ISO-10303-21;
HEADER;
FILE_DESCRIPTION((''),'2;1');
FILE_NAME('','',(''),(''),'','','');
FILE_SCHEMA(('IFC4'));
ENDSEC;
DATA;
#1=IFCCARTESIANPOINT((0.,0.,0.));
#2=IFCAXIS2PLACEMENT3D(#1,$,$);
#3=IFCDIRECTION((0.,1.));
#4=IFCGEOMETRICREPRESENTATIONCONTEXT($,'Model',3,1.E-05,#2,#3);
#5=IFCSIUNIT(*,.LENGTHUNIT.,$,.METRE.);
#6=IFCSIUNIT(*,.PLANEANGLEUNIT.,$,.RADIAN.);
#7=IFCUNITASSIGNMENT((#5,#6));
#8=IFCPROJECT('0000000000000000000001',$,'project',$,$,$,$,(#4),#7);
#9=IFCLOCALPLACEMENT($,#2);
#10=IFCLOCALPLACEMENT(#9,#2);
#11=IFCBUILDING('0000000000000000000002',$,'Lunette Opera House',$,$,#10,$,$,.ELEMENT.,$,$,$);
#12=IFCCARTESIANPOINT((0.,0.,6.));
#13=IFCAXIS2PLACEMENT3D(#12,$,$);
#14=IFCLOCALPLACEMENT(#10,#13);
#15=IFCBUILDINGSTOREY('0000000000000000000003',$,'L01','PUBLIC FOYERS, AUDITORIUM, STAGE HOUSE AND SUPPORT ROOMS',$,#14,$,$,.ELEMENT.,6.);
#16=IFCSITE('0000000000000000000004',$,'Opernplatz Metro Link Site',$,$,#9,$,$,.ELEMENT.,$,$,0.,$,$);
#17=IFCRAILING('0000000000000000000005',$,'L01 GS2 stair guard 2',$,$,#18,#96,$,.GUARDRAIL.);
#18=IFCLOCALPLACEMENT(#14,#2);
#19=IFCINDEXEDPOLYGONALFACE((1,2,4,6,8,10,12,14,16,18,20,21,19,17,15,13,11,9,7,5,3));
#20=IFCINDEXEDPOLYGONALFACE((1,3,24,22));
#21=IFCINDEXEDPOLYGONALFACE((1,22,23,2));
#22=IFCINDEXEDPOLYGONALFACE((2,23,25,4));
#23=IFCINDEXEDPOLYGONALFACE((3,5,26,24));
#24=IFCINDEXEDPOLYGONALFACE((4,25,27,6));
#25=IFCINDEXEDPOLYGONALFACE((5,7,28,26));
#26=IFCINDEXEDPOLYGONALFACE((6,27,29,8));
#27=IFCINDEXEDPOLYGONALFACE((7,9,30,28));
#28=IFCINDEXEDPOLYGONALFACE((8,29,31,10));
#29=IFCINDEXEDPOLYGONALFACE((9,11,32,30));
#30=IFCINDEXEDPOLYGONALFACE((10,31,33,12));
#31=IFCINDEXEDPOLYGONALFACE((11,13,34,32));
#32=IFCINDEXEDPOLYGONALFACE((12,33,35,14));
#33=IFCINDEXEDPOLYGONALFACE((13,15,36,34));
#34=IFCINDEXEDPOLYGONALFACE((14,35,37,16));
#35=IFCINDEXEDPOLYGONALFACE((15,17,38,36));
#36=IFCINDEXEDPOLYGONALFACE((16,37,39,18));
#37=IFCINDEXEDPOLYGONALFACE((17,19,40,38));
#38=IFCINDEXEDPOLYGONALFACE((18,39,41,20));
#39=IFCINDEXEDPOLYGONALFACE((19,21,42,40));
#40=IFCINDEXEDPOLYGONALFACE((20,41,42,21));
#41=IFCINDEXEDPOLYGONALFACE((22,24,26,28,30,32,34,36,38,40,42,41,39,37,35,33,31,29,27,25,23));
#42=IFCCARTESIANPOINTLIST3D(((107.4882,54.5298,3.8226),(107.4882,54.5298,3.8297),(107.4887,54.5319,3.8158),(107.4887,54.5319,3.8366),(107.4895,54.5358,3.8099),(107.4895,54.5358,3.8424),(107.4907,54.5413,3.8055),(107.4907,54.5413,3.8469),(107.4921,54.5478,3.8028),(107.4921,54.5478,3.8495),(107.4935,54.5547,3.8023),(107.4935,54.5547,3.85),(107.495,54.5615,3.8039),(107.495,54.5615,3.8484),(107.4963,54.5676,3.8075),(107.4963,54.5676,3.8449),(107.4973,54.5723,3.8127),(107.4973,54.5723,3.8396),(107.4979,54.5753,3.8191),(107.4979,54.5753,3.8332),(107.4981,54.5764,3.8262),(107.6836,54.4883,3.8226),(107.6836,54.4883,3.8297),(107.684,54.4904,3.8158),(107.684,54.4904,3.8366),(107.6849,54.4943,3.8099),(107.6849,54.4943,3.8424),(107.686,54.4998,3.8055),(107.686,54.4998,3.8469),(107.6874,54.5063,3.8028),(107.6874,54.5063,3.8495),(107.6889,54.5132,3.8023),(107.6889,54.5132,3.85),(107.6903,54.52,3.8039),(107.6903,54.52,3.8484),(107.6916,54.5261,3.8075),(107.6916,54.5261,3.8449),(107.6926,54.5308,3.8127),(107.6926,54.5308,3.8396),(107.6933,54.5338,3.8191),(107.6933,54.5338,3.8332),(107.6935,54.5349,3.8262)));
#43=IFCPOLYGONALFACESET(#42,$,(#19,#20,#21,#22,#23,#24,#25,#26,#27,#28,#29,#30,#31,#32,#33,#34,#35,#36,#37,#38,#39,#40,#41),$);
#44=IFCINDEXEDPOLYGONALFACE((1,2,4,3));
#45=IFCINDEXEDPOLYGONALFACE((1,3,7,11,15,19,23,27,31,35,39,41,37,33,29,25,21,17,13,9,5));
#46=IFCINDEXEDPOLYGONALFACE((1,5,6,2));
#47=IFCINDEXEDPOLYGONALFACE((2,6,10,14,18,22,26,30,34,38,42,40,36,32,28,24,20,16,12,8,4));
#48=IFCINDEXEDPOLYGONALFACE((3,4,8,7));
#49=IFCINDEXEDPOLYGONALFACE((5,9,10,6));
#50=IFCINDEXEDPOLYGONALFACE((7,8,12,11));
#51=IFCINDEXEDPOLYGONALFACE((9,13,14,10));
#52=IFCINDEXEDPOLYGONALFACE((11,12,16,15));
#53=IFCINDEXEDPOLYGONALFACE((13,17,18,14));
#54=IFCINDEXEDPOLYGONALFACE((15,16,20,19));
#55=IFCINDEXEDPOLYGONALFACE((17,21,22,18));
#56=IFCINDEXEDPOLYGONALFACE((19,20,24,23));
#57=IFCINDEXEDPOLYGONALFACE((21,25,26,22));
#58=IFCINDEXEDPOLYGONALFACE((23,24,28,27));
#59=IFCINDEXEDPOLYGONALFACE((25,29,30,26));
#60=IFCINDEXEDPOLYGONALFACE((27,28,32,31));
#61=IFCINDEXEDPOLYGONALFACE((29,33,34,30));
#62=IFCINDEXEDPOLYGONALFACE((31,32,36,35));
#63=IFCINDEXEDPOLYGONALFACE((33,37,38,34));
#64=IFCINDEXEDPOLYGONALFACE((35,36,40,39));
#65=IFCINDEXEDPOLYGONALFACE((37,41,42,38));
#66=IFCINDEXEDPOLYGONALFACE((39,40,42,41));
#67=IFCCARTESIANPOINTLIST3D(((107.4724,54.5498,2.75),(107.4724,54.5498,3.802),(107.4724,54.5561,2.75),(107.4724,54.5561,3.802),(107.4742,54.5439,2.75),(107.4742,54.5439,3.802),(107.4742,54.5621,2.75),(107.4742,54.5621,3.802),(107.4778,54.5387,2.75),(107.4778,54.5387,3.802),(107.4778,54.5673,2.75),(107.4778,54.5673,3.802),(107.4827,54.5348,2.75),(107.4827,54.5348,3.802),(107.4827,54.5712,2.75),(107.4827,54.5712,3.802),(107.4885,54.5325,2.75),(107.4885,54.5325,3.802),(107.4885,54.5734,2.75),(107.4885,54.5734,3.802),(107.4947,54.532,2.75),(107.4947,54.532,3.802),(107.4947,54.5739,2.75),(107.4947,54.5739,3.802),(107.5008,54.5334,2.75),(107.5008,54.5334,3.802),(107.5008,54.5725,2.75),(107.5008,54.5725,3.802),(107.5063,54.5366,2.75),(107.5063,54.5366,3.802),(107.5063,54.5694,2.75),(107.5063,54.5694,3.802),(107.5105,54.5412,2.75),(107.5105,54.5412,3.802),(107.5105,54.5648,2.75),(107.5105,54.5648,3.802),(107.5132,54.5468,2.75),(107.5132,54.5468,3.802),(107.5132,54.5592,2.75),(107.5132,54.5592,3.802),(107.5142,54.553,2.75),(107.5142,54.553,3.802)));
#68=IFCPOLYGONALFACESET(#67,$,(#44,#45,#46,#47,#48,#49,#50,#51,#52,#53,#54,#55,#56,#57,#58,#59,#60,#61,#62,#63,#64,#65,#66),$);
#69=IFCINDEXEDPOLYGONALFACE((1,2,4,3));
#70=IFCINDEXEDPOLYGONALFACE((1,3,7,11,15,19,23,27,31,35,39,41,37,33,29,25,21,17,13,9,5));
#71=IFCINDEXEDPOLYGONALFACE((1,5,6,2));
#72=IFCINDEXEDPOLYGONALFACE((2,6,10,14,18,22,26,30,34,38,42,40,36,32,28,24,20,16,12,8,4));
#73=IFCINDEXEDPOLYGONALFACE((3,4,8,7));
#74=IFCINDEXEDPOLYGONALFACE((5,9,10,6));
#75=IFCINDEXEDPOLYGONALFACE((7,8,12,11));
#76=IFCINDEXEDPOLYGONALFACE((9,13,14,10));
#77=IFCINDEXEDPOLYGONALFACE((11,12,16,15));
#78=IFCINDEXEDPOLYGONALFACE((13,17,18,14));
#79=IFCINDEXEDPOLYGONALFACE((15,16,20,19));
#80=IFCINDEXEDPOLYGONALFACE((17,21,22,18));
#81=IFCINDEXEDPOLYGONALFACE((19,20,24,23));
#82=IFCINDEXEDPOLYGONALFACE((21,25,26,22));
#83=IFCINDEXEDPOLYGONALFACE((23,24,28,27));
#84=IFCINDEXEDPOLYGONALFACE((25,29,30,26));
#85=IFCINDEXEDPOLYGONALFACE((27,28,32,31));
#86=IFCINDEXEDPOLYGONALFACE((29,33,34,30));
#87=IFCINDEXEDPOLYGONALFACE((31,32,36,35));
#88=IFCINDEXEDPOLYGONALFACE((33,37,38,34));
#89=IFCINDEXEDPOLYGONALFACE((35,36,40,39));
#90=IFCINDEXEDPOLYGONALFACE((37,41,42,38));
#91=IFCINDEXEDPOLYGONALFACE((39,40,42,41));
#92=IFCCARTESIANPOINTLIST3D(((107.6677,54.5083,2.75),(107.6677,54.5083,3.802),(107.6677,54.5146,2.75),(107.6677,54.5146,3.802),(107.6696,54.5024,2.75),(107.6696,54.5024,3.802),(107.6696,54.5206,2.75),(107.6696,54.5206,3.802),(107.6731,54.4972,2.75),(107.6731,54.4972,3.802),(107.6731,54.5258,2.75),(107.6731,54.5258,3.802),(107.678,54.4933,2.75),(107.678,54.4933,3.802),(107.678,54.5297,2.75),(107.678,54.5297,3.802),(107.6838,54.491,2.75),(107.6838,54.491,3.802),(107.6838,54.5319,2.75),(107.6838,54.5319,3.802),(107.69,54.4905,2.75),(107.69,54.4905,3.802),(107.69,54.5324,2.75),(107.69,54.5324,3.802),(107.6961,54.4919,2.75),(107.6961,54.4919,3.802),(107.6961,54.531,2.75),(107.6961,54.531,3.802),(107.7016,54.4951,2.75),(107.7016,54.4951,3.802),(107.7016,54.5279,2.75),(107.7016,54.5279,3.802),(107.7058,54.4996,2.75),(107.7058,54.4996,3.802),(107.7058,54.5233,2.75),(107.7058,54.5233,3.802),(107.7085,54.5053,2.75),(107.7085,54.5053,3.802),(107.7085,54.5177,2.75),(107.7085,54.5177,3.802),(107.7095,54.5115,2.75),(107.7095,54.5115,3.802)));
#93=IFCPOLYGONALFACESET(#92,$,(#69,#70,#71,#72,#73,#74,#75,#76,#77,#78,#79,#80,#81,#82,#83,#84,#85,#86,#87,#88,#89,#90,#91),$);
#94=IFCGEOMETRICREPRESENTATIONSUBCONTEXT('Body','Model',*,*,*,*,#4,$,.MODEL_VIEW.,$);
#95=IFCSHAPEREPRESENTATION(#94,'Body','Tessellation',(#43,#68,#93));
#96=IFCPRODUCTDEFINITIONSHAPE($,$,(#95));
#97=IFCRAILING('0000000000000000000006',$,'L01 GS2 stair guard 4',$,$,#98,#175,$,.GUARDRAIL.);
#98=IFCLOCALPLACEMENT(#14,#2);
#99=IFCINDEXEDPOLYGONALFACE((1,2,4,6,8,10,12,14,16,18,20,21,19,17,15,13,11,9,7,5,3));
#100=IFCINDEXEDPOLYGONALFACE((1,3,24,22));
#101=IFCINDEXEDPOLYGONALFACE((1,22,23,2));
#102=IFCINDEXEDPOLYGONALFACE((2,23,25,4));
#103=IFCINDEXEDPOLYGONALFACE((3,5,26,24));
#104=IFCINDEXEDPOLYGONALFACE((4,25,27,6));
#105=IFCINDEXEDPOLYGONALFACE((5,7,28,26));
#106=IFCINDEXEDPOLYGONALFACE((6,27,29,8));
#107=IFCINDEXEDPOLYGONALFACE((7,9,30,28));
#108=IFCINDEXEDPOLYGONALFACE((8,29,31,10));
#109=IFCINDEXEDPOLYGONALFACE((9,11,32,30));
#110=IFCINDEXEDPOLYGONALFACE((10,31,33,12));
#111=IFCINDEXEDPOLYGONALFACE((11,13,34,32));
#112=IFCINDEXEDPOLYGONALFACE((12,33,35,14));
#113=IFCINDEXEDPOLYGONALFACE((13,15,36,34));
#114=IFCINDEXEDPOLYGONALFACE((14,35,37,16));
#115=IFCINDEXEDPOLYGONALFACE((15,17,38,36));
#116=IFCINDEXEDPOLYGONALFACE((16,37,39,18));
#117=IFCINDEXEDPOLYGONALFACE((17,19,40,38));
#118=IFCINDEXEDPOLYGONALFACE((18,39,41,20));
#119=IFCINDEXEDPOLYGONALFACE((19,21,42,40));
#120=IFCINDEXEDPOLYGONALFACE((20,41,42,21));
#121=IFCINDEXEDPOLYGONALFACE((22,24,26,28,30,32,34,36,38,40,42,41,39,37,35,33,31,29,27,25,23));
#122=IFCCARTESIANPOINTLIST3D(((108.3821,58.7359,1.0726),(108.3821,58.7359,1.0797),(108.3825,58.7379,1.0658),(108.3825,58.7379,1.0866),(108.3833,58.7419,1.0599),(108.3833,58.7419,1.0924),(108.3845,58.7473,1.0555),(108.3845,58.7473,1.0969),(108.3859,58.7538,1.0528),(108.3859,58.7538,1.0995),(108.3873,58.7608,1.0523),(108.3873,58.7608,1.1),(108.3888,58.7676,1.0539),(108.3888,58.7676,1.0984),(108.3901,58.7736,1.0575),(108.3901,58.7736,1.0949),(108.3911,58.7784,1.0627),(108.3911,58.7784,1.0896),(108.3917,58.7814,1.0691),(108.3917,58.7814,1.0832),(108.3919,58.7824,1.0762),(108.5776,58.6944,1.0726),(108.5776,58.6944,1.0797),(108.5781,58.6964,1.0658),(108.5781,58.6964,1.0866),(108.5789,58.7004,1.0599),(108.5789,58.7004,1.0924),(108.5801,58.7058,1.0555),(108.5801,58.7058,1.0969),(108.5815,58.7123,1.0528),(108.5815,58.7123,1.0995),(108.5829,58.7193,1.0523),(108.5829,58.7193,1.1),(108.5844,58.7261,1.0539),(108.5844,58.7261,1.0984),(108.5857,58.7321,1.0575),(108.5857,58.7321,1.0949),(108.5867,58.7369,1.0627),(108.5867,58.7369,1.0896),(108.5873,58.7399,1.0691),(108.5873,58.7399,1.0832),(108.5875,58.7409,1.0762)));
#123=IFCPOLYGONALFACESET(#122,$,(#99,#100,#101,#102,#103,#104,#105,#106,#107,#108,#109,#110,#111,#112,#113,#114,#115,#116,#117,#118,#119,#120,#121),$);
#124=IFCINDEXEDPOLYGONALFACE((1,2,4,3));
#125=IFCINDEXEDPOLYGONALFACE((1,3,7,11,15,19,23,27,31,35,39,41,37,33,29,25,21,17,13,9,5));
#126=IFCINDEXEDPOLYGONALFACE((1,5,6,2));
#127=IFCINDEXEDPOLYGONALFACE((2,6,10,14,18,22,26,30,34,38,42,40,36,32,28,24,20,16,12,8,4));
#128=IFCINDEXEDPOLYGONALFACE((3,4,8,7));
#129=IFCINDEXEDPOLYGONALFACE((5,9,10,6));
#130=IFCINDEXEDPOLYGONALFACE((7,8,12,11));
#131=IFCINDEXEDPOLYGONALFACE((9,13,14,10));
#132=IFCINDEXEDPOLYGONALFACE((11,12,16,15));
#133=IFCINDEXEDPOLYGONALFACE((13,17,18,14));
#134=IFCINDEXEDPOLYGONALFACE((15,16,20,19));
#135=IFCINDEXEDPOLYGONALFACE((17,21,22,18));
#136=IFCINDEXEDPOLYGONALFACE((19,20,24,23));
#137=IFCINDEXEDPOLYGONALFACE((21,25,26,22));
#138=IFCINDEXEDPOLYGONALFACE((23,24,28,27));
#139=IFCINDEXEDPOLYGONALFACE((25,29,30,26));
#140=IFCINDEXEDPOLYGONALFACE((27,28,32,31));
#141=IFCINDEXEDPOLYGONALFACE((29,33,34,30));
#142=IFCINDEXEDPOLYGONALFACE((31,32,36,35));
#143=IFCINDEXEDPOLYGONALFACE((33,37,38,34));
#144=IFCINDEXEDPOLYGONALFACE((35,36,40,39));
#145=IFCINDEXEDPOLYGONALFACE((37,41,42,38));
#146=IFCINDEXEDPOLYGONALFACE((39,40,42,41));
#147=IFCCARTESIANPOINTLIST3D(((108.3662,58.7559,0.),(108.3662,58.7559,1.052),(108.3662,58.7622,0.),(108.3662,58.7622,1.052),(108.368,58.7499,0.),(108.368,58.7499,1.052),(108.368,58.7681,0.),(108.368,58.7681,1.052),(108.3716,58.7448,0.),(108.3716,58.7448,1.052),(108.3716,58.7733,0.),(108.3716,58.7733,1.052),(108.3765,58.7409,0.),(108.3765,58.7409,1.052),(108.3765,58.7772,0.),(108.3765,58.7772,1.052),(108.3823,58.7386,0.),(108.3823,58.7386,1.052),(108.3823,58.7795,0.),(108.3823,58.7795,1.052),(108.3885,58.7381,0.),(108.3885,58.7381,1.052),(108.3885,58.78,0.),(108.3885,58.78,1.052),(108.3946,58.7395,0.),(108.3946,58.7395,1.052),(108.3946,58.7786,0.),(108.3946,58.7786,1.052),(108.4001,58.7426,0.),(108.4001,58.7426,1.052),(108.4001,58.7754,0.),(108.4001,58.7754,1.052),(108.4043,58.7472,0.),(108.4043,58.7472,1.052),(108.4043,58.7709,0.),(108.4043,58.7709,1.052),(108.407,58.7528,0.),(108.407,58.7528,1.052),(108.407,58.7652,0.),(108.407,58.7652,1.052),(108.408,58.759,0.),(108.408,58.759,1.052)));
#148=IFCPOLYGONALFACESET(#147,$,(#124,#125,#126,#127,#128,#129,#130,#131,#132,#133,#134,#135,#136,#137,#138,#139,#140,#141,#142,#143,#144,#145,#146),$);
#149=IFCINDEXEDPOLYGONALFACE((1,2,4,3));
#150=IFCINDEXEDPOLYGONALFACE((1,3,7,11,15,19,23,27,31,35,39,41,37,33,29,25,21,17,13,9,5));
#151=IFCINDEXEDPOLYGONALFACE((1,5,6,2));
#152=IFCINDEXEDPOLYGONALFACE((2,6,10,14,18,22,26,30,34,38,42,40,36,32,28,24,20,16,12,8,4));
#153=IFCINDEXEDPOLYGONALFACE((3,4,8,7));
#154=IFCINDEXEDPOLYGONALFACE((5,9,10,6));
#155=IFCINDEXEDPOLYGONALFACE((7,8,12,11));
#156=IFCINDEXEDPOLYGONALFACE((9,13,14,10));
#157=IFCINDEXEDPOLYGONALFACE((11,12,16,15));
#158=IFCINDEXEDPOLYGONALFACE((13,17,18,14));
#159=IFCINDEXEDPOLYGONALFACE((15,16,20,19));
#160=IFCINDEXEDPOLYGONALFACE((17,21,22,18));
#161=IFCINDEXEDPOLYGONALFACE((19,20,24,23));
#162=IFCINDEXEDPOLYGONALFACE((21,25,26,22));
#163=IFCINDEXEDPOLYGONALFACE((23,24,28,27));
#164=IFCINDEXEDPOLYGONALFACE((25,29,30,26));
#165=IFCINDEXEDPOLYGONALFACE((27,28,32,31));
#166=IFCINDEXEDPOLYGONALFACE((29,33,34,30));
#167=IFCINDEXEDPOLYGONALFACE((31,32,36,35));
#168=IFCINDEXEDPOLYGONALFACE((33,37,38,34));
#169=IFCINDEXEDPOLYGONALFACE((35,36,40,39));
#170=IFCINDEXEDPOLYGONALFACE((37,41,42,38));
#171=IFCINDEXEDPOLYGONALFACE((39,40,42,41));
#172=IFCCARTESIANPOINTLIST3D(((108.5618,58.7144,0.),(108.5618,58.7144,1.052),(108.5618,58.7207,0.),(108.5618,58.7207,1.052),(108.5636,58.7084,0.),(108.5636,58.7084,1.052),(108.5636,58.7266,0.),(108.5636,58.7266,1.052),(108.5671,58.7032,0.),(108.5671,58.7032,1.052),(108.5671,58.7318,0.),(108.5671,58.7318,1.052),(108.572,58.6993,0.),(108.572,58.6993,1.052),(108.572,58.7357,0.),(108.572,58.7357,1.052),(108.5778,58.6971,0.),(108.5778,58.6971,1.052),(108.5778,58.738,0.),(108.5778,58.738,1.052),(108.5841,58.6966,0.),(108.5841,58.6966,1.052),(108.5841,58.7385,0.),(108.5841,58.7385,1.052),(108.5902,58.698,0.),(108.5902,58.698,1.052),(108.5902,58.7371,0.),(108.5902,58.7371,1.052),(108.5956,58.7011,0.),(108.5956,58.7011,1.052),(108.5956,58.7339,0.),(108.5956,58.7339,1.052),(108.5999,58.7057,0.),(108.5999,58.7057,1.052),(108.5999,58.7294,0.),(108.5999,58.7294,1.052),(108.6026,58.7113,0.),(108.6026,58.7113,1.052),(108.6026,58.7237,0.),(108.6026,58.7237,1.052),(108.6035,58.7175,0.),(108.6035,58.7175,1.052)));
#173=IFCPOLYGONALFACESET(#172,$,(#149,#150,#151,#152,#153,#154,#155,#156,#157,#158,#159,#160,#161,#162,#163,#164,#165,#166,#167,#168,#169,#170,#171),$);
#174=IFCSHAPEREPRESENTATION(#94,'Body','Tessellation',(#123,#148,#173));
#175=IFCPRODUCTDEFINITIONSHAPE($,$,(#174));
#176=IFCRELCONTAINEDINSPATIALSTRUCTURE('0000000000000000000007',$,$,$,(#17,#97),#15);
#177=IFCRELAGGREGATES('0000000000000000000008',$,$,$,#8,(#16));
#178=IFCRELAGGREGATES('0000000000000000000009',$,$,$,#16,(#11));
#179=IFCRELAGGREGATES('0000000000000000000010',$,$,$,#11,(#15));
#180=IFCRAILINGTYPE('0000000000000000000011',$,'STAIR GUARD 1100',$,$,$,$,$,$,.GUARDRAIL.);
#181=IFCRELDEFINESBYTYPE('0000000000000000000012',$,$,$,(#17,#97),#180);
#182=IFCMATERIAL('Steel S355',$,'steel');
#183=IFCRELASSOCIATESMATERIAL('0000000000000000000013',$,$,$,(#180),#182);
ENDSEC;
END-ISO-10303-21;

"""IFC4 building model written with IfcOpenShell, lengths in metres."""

from ifc_helpers import new_model, si_unit, direction, frame, origin, origin_2d, place, context, subcontext, project, spatial, circle, extrude, material, type_object, element, save


model = new_model("IFC4")

# Units and contexts
model_context = context("Model", 3, precision=1e-05, world=origin(), true_north=direction((0.0, 1.0)))
body_context = subcontext(model_context, "Body", "Model", "MODEL_VIEW")
ifc_project = project(units=[si_unit("LENGTHUNIT", "METRE"), si_unit("PLANEANGLEUNIT", "RADIAN")], contexts=[model_context])

# Site, building, storey
site_placement = place(None, origin())
site = spatial("IfcSite", under=ifc_project, at=site_placement, Name="Opernplatz Metro Link Site", CompositionType="ELEMENT", RefElevation=0.0)
building_placement = place(site_placement, origin())
building = spatial("IfcBuilding", under=site, at=building_placement, Name="Lunette Opera House", CompositionType="ELEMENT")
storey_placement = place(building_placement, frame((0.0, 0.0, 6.0)))
storey = spatial("IfcBuildingStorey", under=building, at=storey_placement, Name="L01", Description="PUBLIC FOYERS, AUDITORIUM, STAGE HOUSE AND SUPPORT ROOMS", CompositionType="ELEMENT", Elevation=6.0)

# Railings
ifc_material_1 = material(Name="Steel S355", Category="steel")
railing_type_1 = type_object("IfcRailingType", Name="STAIR GUARD 1100", PredefinedType="GUARDRAIL", material=ifc_material_1)
railing_1_placement = place(storey_placement, frame((107.4932, 54.553, 2.75)))
element("IfcRailing", 1, at=railing_1_placement, inside=storey, type_object=railing_type_1, Name="L01 GS2 stair guard 2", PredefinedType="GUARDRAIL", context=body_context, shape_type="SweptSolid", body=[
    extrude(circle(Radius=0.0239, at=origin_2d()), frame((0.0, 0.0, 1.0762), z_axis=(0.978159, -0.207859, 0.0), x_axis=(0.207859, 0.978159, 0.0)), (0.0, 0.0, 1.0), 0.1997),
    extrude(circle(Radius=0.021, at=origin_2d()), origin(), (0.0, 0.0, 1.0), 1.052),
    extrude(circle(Radius=0.021, at=origin_2d()), frame((0.1953, -0.0415, 0.0)), (0.0, 0.0, 1.0), 1.052),
])
railing_2_placement = place(storey_placement, frame((108.387, 58.759, 0.0)))
element("IfcRailing", 2, at=railing_2_placement, inside=storey, type_object=railing_type_1, Name="L01 GS2 stair guard 4", PredefinedType="GUARDRAIL", context=body_context, shape_type="SweptSolid", body=[
    extrude(circle(Radius=0.0239, at=origin_2d()), frame((0.0, 0.0, 1.0762), z_axis=(0.978212, -0.20761, 0.0), x_axis=(0.20761, 0.978212, 0.0)), (0.0, 0.0, 1.0), 0.2),
    extrude(circle(Radius=0.021, at=origin_2d()), origin(), (0.0, 0.0, 1.0), 1.052),
    extrude(circle(Radius=0.021, at=origin_2d()), frame((0.1956, -0.0415, 0.0)), (0.0, 0.0, 1.0), 1.052),
])

save(model, "model.ifc")
